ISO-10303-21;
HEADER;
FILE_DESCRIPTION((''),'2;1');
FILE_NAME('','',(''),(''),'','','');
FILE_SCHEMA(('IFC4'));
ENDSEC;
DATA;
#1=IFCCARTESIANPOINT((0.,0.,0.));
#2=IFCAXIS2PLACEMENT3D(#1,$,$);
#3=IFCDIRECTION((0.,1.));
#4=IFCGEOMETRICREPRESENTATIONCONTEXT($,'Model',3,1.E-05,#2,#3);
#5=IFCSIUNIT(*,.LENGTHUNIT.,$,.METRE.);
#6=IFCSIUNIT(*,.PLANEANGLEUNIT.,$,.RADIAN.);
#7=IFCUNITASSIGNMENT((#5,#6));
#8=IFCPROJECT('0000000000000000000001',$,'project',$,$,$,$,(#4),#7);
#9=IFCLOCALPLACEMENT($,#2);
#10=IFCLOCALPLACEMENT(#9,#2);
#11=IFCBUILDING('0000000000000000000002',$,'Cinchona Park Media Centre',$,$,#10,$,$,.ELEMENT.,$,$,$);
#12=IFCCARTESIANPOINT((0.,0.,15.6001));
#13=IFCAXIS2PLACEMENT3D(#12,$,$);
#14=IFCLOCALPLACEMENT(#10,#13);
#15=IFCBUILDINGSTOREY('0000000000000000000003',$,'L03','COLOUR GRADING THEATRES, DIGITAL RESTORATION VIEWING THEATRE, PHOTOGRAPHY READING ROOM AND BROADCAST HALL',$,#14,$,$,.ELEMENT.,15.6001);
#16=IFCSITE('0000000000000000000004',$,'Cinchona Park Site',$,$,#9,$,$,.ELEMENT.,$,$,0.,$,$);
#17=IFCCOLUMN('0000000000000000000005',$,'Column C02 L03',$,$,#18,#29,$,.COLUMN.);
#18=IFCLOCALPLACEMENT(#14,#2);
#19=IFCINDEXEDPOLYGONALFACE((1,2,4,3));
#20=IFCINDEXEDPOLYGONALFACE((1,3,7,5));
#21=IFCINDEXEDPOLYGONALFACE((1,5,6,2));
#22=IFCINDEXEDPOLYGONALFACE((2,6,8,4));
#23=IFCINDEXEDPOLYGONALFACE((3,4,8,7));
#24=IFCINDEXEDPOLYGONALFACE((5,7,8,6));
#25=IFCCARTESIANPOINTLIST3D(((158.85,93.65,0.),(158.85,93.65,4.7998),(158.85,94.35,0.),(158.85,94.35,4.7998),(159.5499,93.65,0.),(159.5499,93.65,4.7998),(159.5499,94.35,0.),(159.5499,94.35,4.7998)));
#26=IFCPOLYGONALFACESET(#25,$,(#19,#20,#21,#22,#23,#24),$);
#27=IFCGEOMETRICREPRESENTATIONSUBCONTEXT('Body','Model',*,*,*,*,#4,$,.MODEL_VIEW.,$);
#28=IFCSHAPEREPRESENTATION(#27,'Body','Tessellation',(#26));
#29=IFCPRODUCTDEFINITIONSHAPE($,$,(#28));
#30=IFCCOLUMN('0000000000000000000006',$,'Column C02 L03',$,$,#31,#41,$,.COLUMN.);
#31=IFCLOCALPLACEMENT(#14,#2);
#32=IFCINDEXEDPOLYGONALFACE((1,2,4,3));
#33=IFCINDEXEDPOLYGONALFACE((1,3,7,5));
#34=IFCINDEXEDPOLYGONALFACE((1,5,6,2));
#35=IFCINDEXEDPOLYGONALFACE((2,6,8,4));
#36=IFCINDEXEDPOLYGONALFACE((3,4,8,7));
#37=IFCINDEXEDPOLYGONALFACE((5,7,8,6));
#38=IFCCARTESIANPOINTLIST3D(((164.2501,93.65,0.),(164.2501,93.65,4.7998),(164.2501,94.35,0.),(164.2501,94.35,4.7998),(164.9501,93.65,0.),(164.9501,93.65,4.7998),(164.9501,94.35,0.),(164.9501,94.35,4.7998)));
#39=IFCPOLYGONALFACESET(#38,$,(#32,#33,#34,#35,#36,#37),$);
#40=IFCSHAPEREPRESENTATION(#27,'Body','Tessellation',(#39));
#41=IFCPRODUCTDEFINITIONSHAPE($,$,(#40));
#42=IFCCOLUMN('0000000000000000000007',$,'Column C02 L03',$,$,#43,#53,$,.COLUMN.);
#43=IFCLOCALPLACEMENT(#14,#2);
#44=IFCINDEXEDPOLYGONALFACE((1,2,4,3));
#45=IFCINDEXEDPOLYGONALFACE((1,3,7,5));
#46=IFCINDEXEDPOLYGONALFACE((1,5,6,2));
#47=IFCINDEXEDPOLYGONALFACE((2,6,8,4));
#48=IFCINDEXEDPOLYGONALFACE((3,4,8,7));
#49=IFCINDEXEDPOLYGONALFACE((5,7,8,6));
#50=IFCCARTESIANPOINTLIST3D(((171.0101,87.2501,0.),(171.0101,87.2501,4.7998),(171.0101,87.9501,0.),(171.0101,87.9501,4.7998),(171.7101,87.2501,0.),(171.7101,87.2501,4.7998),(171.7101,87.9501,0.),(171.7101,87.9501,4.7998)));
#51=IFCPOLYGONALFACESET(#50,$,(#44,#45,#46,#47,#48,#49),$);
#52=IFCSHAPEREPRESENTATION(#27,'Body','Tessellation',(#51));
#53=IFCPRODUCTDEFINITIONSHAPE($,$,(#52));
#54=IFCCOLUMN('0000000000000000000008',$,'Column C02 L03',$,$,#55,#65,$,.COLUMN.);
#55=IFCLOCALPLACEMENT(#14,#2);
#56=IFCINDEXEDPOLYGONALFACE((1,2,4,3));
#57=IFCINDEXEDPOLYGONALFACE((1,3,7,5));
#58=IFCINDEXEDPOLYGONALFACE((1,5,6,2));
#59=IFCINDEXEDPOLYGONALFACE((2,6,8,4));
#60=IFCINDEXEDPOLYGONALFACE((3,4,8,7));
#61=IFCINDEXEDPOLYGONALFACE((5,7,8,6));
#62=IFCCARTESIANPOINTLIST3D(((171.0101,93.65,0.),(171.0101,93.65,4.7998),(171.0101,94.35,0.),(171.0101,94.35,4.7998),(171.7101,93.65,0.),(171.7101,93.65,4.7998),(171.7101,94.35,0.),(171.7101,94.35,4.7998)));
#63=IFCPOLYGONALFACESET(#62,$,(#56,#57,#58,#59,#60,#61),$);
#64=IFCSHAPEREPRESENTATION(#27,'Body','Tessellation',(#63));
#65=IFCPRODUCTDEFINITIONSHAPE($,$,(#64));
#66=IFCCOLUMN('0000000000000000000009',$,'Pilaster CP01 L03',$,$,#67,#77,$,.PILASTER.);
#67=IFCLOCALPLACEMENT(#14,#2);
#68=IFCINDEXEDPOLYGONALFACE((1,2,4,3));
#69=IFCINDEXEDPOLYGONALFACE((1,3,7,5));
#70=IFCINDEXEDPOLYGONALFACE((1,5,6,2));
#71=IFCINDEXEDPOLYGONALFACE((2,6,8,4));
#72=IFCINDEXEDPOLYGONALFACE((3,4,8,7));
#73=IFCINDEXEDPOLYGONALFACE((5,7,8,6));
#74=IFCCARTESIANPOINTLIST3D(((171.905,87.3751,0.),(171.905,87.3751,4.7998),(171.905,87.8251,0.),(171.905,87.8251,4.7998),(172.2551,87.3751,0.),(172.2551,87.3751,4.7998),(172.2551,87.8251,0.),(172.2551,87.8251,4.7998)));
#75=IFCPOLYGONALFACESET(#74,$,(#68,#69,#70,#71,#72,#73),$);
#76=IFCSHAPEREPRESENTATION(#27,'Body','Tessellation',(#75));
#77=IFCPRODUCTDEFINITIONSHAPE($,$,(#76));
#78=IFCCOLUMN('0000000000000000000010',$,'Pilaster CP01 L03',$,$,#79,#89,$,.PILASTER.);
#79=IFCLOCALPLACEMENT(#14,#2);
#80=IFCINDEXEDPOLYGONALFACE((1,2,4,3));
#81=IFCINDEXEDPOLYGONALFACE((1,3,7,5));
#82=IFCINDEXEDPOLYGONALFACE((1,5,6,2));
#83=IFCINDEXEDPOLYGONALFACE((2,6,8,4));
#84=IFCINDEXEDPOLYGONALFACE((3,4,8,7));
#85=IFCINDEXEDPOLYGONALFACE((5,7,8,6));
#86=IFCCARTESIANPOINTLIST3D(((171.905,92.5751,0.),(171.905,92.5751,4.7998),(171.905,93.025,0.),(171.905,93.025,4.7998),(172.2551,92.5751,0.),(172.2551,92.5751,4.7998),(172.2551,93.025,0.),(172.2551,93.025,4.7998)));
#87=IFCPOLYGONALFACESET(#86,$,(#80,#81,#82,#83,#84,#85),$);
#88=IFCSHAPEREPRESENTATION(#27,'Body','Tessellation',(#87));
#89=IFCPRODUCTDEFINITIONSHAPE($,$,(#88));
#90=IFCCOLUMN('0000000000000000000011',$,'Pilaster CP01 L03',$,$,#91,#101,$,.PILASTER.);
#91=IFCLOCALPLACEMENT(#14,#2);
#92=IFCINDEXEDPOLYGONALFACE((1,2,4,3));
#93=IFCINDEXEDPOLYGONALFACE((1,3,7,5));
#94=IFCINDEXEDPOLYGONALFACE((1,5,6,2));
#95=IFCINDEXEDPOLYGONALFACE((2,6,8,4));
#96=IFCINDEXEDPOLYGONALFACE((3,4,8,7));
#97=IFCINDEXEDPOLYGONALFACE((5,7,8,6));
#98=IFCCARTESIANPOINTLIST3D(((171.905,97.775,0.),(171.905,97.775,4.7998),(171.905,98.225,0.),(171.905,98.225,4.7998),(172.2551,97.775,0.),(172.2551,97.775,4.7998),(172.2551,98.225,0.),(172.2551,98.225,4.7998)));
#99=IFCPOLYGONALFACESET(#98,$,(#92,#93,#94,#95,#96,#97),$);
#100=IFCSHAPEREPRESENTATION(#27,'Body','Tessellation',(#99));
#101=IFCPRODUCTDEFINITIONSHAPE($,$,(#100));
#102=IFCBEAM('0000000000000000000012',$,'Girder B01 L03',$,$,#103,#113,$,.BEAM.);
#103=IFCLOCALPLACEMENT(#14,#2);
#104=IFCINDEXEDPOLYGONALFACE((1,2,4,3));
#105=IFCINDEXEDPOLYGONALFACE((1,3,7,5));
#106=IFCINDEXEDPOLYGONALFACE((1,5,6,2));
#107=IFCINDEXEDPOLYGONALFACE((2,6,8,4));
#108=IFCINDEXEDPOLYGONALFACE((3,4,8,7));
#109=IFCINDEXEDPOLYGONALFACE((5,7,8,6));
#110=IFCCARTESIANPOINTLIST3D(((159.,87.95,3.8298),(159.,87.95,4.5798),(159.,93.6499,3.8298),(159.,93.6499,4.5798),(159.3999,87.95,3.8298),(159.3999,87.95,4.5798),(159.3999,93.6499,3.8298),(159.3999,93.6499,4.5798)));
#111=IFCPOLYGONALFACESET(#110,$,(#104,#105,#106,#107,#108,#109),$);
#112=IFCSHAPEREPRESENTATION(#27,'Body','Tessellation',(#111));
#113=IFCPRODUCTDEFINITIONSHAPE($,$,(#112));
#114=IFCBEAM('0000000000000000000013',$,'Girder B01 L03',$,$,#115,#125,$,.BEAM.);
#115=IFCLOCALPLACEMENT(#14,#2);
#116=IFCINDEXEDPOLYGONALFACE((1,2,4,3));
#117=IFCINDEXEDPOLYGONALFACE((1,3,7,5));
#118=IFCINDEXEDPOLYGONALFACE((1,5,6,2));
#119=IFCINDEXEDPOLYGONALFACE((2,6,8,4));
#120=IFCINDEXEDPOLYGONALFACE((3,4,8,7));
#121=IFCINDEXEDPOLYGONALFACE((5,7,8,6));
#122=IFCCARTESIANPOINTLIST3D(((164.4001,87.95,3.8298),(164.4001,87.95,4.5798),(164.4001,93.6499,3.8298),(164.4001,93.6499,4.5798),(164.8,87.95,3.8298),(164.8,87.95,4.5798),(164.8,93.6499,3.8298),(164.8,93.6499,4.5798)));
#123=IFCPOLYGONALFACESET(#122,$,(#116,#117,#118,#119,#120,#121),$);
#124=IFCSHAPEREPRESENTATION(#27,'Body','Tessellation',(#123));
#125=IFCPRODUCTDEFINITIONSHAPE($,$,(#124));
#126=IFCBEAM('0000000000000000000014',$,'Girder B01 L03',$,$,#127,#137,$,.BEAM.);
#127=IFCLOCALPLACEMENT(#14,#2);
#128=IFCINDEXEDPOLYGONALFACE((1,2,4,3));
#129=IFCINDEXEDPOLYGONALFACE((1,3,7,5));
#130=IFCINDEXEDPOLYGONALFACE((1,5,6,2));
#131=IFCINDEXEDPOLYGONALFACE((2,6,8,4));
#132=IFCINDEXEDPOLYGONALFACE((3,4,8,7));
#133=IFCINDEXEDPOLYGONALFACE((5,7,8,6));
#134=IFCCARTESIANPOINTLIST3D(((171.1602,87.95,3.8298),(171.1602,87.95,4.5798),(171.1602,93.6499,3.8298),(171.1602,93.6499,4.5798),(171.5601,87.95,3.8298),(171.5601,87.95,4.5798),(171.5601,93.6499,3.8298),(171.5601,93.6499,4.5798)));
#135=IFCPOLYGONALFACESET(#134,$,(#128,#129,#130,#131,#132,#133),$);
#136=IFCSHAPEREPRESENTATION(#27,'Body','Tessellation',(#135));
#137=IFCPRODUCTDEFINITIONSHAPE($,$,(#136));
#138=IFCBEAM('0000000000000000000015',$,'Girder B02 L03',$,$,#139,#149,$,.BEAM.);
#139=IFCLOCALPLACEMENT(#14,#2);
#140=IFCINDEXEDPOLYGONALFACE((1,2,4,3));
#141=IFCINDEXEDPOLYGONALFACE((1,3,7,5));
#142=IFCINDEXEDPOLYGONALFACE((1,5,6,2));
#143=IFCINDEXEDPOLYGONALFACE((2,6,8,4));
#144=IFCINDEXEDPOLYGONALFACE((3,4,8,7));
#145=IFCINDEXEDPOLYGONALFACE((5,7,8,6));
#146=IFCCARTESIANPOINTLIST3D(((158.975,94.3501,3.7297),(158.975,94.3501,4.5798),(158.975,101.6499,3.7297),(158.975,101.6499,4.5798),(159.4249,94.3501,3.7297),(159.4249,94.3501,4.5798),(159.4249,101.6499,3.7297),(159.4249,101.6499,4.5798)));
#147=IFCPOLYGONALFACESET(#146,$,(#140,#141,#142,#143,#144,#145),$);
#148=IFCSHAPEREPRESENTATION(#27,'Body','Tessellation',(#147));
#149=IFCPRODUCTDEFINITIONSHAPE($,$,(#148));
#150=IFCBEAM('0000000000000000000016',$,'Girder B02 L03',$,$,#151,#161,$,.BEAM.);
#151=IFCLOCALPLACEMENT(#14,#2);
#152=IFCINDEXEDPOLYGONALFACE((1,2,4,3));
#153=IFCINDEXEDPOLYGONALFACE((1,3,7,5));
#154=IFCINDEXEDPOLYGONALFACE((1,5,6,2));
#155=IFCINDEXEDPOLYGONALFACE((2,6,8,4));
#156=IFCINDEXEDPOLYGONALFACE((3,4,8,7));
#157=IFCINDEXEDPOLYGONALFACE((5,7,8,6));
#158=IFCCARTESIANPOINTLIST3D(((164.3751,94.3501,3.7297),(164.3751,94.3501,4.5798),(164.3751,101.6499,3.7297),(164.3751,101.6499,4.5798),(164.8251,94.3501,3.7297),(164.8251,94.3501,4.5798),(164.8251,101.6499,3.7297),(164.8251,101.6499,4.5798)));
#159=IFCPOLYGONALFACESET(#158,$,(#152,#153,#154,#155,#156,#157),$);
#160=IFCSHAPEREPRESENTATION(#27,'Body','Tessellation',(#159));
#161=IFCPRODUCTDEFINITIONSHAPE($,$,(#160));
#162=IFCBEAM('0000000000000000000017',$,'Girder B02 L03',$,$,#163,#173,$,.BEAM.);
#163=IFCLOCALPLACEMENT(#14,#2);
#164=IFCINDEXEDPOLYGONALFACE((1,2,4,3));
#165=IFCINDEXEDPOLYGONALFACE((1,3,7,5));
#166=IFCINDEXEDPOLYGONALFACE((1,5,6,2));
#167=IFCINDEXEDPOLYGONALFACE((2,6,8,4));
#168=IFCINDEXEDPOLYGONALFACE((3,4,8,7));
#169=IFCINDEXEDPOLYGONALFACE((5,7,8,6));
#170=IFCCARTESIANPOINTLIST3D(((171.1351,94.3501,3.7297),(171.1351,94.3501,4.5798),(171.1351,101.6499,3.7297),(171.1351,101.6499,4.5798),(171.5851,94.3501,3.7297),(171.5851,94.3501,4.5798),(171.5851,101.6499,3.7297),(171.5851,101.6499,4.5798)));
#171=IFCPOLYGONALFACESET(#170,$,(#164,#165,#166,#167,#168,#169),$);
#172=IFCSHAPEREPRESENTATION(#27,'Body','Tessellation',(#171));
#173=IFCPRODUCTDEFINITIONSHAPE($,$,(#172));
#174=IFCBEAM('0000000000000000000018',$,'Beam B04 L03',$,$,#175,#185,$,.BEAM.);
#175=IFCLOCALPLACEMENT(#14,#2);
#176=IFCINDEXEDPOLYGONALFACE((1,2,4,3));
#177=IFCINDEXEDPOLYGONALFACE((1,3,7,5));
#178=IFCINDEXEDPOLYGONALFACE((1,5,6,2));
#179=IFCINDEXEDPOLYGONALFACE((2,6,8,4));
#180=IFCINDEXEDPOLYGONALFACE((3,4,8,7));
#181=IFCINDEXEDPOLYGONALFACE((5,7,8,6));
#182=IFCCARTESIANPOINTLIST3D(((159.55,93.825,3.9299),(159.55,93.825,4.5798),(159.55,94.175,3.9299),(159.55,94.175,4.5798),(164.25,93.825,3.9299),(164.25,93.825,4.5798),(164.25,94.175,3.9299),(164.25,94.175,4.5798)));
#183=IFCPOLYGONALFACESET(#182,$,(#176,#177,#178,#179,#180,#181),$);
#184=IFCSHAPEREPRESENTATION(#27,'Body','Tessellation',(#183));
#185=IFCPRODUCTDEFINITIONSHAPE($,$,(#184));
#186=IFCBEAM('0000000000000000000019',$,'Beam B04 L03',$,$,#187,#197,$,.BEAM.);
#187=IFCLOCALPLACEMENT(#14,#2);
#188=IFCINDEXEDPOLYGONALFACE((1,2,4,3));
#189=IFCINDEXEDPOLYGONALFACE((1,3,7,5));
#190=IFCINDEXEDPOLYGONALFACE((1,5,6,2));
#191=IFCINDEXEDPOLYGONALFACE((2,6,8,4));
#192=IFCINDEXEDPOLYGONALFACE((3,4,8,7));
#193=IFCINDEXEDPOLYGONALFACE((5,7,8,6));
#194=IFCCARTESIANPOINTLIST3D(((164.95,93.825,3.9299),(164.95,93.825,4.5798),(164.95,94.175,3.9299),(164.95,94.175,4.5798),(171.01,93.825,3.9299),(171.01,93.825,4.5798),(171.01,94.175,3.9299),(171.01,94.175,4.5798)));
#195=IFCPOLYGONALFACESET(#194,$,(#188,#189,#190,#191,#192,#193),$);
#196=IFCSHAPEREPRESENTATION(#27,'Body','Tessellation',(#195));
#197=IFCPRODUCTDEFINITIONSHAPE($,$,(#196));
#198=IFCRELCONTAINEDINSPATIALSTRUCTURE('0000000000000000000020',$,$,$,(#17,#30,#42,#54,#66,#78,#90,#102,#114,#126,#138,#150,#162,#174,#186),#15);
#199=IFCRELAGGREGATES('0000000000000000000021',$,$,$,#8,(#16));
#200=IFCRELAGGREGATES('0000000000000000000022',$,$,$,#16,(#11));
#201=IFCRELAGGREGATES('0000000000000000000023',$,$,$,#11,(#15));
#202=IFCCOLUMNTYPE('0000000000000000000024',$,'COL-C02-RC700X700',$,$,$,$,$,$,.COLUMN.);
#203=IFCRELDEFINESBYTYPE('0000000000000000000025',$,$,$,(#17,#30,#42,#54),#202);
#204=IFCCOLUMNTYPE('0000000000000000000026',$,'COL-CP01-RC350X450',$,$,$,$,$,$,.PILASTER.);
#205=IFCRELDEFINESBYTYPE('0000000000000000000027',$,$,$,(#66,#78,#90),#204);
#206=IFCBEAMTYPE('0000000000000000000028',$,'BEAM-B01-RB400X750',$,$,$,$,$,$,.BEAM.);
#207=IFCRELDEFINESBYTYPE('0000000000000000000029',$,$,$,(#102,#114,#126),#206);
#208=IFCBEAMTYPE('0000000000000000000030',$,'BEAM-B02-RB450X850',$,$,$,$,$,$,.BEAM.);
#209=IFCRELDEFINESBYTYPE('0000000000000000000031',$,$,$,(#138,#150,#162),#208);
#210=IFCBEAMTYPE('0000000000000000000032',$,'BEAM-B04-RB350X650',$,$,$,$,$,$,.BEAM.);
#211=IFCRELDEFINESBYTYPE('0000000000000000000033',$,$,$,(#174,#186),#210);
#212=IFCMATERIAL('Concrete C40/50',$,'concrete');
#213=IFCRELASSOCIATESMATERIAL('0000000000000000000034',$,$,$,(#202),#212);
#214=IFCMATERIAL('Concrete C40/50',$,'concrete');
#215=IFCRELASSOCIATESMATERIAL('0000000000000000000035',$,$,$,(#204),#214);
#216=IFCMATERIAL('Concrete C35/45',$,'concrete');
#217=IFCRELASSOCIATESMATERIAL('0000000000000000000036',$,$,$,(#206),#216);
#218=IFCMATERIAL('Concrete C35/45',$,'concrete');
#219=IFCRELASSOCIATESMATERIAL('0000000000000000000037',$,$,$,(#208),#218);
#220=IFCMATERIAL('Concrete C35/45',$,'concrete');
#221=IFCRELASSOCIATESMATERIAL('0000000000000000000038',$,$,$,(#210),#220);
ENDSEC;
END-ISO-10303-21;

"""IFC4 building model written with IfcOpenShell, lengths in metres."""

from ifc_helpers import new_model, si_unit, direction, frame, origin, origin_2d, place, context, subcontext, project, spatial, rectangle, extrude, material, material_profile, profile_set, type_object, element, save


model = new_model("IFC4")

# Units and contexts
model_context = context("Model", 3, precision=1e-05, world=origin(), true_north=direction((0.0, 1.0)))
body_context = subcontext(model_context, "Body", "Model", "MODEL_VIEW")
ifc_project = project(units=[si_unit("LENGTHUNIT", "METRE"), si_unit("PLANEANGLEUNIT", "RADIAN")], contexts=[model_context])

# Site, building, storey
site_placement = place(None, origin())
site = spatial("IfcSite", under=ifc_project, at=site_placement, Name="Cinchona Park Site", CompositionType="ELEMENT", RefElevation=0.0)
building_placement = place(site_placement, origin())
building = spatial("IfcBuilding", under=site, at=building_placement, Name="Cinchona Park Media Centre", CompositionType="ELEMENT")
storey_placement = place(building_placement, frame((0.0, 0.0, 15.6001)))
storey = spatial("IfcBuildingStorey", under=building, at=storey_placement, Name="L03", Description="COLOUR GRADING THEATRES, DIGITAL RESTORATION VIEWING THEATRE, PHOTOGRAPHY READING ROOM AND BROADCAST HALL", CompositionType="ELEMENT", Elevation=15.6001)

# Columns
ifc_material_1 = material(Name="Concrete C40/50", Category="concrete")
ifc_material_profile_1 = material_profile(ifc_material_1, rectangle(XDim=0.7, YDim=0.7, at=origin_2d()), Name="RC 700X700")
ifc_profile_set_1 = profile_set([ifc_material_profile_1], Name="Concrete C40/50")
column_type_1 = type_object("IfcColumnType", Name="COL-C02-RC700X700", PredefinedType="COLUMN", material=ifc_profile_set_1)
for number, where, z_axis, x_axis, name in (
    (1, (159.2, 94.0, 0.0), (0.0, 0.0, 1.0), (1.0, 0.0, 0.0), "Column C02 L03"),
    (2, (164.6001, 94.0, 0.0), (0.0, 0.0, 1.0), (1.0, 0.0, 0.0), "Column C02 L03"),
    (3, (171.3601, 87.6001, 0.0), (0.0, 0.0, 1.0), (1.0, 0.0, 0.0), "Column C02 L03"),
    (4, (171.3601, 94.0, 0.0), (0.0, 0.0, 1.0), (1.0, 0.0, 0.0), "Column C02 L03"),
):
    element("IfcColumn", number, at=place(storey_placement, frame(where, z_axis=z_axis, x_axis=x_axis)), inside=storey, type_object=column_type_1, Name=name, PredefinedType="COLUMN", context=body_context, shape_type="SweptSolid", body=[
        extrude(rectangle(XDim=0.7, YDim=0.7, at=origin_2d()), origin(), (0.0, 0.0, 1.0), 4.7998),
    ])
ifc_material_2 = material(Name="Concrete C40/50", Category="concrete")
ifc_material_profile_2 = material_profile(ifc_material_2, rectangle(XDim=0.3501, YDim=0.45, at=origin_2d()), Name="RC 350X450")
ifc_profile_set_2 = profile_set([ifc_material_profile_2], Name="Concrete C40/50")
column_type_2 = type_object("IfcColumnType", Name="COL-CP01-RC350X450", PredefinedType="PILASTER", material=ifc_profile_set_2)
for number, where, z_axis, x_axis, name in (
    (5, (172.0801, 87.6001, 0.0), (0.0, 0.0, 1.0), (1.0, 0.0, 0.0), "Pilaster CP01 L03"),
    (6, (172.0801, 92.8, 0.0), (0.0, 0.0, 1.0), (1.0, 0.0, 0.0), "Pilaster CP01 L03"),
    (7, (172.0801, 98.0, 0.0), (0.0, 0.0, 1.0), (1.0, 0.0, 0.0), "Pilaster CP01 L03"),
):
    element("IfcColumn", number, at=place(storey_placement, frame(where, z_axis=z_axis, x_axis=x_axis)), inside=storey, type_object=column_type_2, Name=name, PredefinedType="PILASTER", context=body_context, shape_type="SweptSolid", body=[
        extrude(rectangle(XDim=0.3501, YDim=0.45, at=origin_2d()), origin(), (0.0, 0.0, 1.0), 4.7998),
    ])

# Beams
ifc_material_3 = material(Name="Concrete C35/45", Category="concrete")
ifc_material_profile_3 = material_profile(ifc_material_3, rectangle(XDim=0.3999, YDim=0.75, at=origin_2d()), Name="RB 400X750")
ifc_profile_set_3 = profile_set([ifc_material_profile_3], Name="Concrete C35/45")
beam_type_1 = type_object("IfcBeamType", Name="BEAM-B01-RB400X750", PredefinedType="BEAM", material=ifc_profile_set_3)
for number, where, z_axis, x_axis, name in (
    (8, (159.2, 87.95, 4.2048), (0.0, 1.0, 0.0), (-1.0, 0.0, 0.0), "Girder B01 L03"),
    (9, (164.6001, 87.95, 4.2048), (0.0, 1.0, 0.0), (-1.0, 0.0, 0.0), "Girder B01 L03"),
    (10, (171.3601, 87.95, 4.2048), (0.0, 1.0, 0.0), (-1.0, 0.0, 0.0), "Girder B01 L03"),
):
    element("IfcBeam", number, at=place(storey_placement, frame(where, z_axis=z_axis, x_axis=x_axis)), inside=storey, type_object=beam_type_1, Name=name, PredefinedType="BEAM", context=body_context, shape_type="SweptSolid", body=[
        extrude(rectangle(XDim=0.3999, YDim=0.75, at=origin_2d()), origin(), (0.0, 0.0, 1.0), 5.7),
    ])
ifc_material_4 = material(Name="Concrete C35/45", Category="concrete")
ifc_material_profile_4 = material_profile(ifc_material_4, rectangle(XDim=0.45, YDim=0.8501, at=origin_2d()), Name="RB 450X850")
ifc_profile_set_4 = profile_set([ifc_material_profile_4], Name="Concrete C35/45")
beam_type_2 = type_object("IfcBeamType", Name="BEAM-B02-RB450X850", PredefinedType="BEAM", material=ifc_profile_set_4)
for number, where, z_axis, x_axis, name in (
    (11, (159.2, 94.3501, 4.1548), (0.0, 1.0, 0.0), (-1.0, 0.0, 0.0), "Girder B02 L03"),
    (12, (164.6001, 94.3501, 4.1548), (0.0, 1.0, 0.0), (-1.0, 0.0, 0.0), "Girder B02 L03"),
    (13, (171.3601, 94.3501, 4.1548), (0.0, 1.0, 0.0), (-1.0, 0.0, 0.0), "Girder B02 L03"),
):
    element("IfcBeam", number, at=place(storey_placement, frame(where, z_axis=z_axis, x_axis=x_axis)), inside=storey, type_object=beam_type_2, Name=name, PredefinedType="BEAM", context=body_context, shape_type="SweptSolid", body=[
        extrude(rectangle(XDim=0.45, YDim=0.8501, at=origin_2d()), origin(), (0.0, 0.0, 1.0), 7.2998),
    ])
ifc_material_5 = material(Name="Concrete C35/45", Category="concrete")
ifc_material_profile_5 = material_profile(ifc_material_5, rectangle(XDim=0.3501, YDim=0.6499, at=origin_2d()), Name="RB 350X650")
ifc_profile_set_5 = profile_set([ifc_material_profile_5], Name="Concrete C35/45")
beam_type_3 = type_object("IfcBeamType", Name="BEAM-B04-RB350X650", PredefinedType="BEAM", material=ifc_profile_set_5)
beam_1_placement = place(storey_placement, frame((159.55, 94.0, 4.2549), z_axis=(1.0, 0.0, 0.0), x_axis=(0.0, 1.0, 0.0)))
element("IfcBeam", 14, at=beam_1_placement, inside=storey, type_object=beam_type_3, Name="Beam B04 L03", PredefinedType="BEAM", context=body_context, shape_type="SweptSolid", body=[
    extrude(rectangle(XDim=0.3501, YDim=0.6499, at=origin_2d()), origin(), (0.0, 0.0, 1.0), 4.7),
])
beam_2_placement = place(storey_placement, frame((164.95, 94.0, 4.2549), z_axis=(1.0, 0.0, 0.0), x_axis=(0.0, 1.0, 0.0)))
element("IfcBeam", 15, at=beam_2_placement, inside=storey, type_object=beam_type_3, Name="Beam B04 L03", PredefinedType="BEAM", context=body_context, shape_type="SweptSolid", body=[
    extrude(rectangle(XDim=0.3501, YDim=0.6499, at=origin_2d()), origin(), (0.0, 0.0, 1.0), 6.0601),
])

save(model, "model.ifc")
